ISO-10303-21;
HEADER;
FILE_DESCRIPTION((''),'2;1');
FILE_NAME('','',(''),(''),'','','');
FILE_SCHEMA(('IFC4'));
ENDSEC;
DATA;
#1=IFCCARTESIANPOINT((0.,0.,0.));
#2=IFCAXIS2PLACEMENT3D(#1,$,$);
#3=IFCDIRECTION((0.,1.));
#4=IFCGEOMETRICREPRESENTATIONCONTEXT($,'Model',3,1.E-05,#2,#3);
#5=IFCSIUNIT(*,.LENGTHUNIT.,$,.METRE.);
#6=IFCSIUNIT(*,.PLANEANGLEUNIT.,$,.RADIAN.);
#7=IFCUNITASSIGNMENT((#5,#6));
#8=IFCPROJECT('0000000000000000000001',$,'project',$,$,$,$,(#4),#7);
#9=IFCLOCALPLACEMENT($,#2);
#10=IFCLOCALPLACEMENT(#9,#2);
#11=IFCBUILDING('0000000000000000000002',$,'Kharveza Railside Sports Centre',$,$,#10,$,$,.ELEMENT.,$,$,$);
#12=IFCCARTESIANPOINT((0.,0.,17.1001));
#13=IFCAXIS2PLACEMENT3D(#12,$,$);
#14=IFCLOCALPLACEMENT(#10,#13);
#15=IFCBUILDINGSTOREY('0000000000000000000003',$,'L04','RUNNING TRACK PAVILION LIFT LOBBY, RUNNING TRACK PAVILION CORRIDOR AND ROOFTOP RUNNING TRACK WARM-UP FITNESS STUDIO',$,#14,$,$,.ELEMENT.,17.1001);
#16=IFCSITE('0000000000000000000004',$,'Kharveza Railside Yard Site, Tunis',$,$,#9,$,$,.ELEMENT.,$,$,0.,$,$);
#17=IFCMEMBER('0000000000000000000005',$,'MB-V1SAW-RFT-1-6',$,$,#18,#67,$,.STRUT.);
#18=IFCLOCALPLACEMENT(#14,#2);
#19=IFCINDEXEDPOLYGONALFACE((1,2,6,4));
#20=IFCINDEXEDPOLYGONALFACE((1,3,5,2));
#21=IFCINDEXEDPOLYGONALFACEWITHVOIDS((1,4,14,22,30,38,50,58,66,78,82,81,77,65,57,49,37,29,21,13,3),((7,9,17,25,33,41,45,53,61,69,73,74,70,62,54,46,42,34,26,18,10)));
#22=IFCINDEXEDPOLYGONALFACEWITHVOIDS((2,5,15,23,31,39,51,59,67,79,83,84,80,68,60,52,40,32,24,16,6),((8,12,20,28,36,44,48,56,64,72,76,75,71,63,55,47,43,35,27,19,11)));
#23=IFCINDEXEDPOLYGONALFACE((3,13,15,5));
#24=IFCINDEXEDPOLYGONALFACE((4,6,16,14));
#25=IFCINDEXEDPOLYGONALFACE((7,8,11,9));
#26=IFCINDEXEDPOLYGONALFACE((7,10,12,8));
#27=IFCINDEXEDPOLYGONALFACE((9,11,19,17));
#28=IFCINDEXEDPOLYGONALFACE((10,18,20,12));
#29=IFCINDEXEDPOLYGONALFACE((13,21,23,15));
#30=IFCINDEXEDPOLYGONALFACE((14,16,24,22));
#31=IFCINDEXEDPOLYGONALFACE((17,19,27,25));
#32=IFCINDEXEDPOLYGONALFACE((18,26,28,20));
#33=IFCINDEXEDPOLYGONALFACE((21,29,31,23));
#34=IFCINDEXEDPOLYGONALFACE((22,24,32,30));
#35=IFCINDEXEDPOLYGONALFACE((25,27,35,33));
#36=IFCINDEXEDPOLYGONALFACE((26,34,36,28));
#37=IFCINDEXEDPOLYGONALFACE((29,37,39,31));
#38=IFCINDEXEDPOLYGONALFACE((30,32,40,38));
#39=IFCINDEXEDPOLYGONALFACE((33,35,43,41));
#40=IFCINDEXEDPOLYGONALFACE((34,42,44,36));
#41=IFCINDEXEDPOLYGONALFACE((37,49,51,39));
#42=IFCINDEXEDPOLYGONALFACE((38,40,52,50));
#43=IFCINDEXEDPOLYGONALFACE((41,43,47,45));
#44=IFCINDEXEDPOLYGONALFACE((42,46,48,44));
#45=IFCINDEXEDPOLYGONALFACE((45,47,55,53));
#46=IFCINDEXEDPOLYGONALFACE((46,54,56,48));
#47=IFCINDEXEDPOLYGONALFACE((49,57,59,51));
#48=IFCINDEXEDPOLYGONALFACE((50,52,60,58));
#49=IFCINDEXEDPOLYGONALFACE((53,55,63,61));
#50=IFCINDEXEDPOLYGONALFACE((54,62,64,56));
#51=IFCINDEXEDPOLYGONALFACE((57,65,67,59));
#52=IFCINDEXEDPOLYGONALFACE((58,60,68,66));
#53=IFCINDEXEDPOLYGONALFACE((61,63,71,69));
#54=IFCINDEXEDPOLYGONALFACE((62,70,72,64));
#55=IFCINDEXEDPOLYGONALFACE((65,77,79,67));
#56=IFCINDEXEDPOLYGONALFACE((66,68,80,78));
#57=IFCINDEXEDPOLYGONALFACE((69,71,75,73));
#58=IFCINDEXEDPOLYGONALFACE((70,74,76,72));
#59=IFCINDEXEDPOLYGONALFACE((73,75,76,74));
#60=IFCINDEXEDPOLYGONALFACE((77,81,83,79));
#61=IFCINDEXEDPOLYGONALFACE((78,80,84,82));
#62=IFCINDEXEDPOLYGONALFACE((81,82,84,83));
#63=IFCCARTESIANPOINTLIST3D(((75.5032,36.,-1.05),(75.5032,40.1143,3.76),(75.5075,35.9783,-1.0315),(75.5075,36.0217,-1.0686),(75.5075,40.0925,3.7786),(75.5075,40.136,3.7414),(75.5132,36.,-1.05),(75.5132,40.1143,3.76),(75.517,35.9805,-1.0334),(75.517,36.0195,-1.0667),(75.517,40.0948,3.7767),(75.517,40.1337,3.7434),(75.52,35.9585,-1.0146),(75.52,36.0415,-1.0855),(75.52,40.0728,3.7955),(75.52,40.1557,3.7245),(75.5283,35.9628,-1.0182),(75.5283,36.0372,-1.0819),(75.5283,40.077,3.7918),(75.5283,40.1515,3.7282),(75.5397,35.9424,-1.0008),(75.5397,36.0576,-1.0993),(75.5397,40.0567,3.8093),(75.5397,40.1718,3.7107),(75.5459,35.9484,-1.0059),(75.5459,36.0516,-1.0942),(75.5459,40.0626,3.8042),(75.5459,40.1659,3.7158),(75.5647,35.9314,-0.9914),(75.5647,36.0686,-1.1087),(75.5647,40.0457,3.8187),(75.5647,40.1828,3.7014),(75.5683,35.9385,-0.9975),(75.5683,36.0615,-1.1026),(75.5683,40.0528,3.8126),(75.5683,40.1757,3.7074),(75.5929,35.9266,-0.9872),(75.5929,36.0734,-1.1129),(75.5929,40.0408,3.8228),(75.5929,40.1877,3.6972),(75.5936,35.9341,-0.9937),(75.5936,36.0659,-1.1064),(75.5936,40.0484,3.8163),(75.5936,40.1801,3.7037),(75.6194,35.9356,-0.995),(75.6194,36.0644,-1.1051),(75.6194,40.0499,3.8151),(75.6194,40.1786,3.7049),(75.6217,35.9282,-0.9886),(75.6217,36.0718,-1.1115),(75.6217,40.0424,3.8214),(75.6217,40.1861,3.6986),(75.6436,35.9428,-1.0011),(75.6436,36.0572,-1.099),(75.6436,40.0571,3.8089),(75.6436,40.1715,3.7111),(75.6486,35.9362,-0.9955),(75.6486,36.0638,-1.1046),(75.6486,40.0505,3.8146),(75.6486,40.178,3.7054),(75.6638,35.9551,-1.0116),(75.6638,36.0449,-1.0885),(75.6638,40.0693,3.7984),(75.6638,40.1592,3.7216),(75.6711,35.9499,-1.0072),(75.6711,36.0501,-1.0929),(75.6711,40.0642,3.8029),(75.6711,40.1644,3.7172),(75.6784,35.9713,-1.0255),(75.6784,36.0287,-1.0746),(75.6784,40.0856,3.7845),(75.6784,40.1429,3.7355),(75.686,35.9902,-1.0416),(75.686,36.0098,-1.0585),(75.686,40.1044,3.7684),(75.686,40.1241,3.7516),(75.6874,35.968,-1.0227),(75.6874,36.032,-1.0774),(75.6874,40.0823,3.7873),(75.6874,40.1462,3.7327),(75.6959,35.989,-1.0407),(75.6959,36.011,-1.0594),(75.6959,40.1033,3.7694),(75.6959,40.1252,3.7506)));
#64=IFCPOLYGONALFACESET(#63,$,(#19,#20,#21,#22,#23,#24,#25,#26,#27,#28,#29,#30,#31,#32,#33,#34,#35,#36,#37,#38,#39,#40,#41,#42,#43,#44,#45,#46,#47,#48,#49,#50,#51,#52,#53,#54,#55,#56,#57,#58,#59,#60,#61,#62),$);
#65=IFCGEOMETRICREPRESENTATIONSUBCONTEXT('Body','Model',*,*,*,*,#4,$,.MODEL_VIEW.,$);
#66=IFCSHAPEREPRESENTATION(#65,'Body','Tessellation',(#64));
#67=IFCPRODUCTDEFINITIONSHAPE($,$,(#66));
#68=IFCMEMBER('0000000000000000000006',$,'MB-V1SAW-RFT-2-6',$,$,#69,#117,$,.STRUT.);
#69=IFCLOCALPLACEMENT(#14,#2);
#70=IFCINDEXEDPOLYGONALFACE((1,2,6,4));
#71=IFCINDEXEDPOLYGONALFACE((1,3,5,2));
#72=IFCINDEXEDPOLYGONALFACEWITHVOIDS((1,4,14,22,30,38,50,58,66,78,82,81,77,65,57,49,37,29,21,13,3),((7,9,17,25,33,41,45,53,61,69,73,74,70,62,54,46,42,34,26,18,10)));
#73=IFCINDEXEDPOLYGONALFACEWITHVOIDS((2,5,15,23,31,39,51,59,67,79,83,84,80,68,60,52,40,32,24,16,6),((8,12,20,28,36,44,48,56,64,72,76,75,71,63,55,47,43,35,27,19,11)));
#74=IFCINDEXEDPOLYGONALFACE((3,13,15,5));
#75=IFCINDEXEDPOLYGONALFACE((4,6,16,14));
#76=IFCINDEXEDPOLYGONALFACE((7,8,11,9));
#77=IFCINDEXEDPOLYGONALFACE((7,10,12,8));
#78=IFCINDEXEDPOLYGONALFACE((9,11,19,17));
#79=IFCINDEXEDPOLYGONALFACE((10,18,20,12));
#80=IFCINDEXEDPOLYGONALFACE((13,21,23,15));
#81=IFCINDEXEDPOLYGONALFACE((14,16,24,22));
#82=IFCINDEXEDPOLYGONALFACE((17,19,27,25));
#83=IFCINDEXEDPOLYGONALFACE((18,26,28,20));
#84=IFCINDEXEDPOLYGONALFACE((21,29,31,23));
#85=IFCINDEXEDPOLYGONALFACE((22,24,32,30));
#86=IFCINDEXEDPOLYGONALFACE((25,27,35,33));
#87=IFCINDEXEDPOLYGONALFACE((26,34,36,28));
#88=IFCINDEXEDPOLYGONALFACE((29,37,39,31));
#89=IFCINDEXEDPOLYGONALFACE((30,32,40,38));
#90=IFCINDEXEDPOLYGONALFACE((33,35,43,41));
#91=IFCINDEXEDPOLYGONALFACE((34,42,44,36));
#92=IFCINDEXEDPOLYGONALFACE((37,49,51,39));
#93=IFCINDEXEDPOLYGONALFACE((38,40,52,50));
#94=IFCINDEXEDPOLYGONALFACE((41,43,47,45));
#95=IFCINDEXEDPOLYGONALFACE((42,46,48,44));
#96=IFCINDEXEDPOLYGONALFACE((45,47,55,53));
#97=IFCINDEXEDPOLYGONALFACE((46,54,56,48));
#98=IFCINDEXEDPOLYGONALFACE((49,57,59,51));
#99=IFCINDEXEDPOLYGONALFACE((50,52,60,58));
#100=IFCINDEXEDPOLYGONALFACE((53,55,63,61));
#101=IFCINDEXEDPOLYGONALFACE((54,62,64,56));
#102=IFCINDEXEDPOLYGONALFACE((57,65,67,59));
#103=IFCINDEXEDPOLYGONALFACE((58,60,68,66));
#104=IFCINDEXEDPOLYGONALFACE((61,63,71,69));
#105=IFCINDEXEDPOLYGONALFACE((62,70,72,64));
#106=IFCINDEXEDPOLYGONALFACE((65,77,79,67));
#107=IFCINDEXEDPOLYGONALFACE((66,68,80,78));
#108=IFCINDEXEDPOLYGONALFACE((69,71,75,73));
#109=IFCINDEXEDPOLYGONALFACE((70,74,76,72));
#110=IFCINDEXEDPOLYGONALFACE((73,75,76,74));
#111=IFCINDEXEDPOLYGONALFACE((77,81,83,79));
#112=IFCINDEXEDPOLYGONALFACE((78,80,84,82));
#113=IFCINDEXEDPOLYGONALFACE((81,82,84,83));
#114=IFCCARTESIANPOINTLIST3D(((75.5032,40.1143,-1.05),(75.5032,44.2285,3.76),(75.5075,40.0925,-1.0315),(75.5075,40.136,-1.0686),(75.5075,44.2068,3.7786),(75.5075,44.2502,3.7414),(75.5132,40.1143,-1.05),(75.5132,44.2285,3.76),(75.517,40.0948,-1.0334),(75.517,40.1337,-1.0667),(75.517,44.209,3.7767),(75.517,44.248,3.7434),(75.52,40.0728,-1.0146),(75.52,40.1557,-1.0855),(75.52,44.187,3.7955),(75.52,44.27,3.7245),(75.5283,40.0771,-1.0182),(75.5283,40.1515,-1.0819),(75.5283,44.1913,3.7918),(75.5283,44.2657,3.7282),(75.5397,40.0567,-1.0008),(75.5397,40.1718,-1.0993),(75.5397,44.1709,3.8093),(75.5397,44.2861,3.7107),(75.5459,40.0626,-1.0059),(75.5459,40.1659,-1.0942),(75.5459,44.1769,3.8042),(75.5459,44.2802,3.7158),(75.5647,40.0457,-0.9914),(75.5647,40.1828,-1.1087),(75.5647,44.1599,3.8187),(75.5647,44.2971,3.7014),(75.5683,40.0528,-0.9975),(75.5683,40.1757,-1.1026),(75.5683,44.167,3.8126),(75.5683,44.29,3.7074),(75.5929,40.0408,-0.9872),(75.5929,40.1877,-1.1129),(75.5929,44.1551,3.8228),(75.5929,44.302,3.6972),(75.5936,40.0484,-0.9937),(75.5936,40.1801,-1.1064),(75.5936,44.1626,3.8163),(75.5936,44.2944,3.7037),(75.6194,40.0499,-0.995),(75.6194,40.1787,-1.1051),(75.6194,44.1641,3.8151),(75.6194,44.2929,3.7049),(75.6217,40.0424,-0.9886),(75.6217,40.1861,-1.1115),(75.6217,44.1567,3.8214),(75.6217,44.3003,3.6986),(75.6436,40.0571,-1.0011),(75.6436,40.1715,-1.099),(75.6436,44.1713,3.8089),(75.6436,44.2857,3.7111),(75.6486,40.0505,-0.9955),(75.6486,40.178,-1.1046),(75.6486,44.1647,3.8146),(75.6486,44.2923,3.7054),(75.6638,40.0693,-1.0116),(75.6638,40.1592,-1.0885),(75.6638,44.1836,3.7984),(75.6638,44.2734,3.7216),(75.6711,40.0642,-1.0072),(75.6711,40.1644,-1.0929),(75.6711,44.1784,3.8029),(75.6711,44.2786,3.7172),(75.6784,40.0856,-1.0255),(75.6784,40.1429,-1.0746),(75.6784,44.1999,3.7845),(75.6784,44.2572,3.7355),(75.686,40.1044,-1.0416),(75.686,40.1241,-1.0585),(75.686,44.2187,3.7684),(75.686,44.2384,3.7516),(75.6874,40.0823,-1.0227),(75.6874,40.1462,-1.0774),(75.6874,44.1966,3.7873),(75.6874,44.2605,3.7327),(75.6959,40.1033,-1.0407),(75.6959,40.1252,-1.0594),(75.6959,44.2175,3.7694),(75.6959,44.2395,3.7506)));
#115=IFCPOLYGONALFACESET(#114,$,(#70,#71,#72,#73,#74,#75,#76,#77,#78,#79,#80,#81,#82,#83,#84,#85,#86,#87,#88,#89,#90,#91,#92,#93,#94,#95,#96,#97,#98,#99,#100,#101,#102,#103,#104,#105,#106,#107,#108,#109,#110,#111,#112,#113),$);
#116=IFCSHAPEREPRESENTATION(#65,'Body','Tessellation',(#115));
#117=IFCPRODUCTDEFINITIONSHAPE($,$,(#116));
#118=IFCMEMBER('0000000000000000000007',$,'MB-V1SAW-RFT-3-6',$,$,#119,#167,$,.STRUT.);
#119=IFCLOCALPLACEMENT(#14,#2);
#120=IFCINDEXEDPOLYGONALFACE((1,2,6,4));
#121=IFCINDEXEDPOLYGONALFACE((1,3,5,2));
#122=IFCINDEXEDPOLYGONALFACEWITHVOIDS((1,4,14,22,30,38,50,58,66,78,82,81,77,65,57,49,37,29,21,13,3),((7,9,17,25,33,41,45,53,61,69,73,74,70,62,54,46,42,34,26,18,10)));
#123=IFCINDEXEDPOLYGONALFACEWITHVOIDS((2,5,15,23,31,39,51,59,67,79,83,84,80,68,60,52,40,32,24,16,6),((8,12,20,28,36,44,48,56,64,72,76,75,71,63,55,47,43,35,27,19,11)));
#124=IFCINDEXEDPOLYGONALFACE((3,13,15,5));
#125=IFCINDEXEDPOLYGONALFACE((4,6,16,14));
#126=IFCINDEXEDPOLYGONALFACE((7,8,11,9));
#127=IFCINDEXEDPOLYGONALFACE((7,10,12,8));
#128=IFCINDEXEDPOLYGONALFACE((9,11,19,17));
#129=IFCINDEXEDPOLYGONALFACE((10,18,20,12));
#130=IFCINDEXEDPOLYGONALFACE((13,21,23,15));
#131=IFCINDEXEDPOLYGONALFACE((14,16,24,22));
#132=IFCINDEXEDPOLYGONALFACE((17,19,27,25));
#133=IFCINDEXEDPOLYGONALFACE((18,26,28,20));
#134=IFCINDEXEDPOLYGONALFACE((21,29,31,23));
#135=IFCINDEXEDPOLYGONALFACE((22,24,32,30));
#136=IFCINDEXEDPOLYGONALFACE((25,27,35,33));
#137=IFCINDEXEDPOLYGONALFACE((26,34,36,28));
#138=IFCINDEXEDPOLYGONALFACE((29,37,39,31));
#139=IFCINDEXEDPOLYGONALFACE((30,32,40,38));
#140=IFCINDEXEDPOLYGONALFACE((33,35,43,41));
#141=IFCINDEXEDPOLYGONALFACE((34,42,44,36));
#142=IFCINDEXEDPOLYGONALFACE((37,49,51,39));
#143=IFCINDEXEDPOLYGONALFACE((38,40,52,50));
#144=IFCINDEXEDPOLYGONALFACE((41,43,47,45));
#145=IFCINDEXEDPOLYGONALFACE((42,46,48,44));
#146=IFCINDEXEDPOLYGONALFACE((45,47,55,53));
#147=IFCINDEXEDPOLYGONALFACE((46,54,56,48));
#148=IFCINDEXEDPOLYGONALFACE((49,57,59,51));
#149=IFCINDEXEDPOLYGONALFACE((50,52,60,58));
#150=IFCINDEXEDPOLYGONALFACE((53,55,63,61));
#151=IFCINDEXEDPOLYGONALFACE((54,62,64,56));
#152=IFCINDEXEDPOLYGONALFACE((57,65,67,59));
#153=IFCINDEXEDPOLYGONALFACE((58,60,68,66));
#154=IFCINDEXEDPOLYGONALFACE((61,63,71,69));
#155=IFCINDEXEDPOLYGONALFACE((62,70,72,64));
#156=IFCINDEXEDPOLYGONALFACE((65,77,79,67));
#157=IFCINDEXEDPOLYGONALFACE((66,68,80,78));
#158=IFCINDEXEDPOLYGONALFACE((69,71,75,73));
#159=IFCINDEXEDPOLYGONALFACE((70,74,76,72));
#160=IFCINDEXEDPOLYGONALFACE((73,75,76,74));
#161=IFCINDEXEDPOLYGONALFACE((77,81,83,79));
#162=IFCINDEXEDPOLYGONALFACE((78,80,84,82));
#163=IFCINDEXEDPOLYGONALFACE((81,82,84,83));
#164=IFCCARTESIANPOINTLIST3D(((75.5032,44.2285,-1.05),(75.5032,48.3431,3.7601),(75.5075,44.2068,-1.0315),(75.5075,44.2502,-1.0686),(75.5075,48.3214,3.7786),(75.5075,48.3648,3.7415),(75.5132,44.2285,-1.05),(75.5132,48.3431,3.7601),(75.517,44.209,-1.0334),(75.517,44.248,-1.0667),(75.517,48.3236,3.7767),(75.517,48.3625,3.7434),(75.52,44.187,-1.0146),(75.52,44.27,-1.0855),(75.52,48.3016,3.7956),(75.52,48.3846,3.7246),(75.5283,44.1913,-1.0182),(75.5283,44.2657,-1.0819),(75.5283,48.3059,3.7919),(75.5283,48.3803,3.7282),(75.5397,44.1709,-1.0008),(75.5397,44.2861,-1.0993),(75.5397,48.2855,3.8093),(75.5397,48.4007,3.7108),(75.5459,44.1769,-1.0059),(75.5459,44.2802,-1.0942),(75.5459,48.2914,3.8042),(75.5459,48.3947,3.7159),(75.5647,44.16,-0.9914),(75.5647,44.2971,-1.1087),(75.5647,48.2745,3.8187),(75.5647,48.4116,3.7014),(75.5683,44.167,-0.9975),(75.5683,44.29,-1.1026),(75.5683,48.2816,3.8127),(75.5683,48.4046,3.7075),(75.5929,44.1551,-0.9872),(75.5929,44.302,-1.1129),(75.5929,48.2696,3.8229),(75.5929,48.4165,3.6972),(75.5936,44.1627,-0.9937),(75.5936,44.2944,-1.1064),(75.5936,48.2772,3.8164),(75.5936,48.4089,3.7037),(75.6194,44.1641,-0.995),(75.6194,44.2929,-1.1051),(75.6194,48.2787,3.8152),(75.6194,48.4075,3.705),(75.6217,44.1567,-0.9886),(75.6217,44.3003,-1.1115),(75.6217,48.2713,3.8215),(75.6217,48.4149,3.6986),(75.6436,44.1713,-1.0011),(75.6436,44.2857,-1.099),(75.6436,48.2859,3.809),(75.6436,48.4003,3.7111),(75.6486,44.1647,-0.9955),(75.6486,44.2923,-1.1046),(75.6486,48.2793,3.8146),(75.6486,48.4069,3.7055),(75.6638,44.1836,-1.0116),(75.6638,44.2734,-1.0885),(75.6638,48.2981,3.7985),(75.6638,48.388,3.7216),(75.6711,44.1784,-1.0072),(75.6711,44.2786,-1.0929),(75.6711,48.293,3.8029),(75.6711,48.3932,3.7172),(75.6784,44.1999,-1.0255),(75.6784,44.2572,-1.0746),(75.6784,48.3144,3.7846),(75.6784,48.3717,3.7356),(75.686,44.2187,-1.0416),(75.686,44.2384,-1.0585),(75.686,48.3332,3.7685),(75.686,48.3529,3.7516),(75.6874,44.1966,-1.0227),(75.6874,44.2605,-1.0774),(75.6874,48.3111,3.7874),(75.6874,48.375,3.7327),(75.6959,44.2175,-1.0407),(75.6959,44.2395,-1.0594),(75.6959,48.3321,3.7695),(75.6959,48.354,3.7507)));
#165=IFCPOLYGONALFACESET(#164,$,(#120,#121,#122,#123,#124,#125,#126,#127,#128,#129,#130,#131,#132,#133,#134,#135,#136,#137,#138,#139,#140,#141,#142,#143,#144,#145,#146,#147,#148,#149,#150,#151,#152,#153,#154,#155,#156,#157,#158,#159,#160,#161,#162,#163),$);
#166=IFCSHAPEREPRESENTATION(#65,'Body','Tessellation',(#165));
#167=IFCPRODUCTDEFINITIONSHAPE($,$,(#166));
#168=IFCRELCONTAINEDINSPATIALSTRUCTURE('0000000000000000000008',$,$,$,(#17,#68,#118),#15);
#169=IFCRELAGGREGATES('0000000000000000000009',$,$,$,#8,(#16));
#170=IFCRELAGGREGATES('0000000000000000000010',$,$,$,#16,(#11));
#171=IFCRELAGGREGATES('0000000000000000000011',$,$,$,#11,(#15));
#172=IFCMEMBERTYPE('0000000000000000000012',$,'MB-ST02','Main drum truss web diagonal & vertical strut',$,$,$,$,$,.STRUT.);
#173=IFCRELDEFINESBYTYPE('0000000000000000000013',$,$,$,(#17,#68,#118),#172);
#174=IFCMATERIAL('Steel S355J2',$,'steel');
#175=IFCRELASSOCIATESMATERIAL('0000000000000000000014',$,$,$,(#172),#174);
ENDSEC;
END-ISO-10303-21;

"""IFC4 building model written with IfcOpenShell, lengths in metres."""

from ifc_helpers import new_model, si_unit, direction, frame, origin, origin_2d, place, context, subcontext, project, spatial, hollow_circle, extrude, material, material_profile, profile_set, type_object, element, save


model = new_model("IFC4")

# Units and contexts
model_context = context("Model", 3, precision=1e-05, world=origin(), true_north=direction((0.0, 1.0)))
body_context = subcontext(model_context, "Body", "Model", "MODEL_VIEW")
ifc_project = project(units=[si_unit("LENGTHUNIT", "METRE"), si_unit("PLANEANGLEUNIT", "RADIAN")], contexts=[model_context])

# Site, building, storey
site_placement = place(None, origin())
site = spatial("IfcSite", under=ifc_project, at=site_placement, Name="Kharveza Railside Yard Site, Tunis", CompositionType="ELEMENT", RefElevation=0.0)
building_placement = place(site_placement, origin())
building = spatial("IfcBuilding", under=site, at=building_placement, Name="Kharveza Railside Sports Centre", CompositionType="ELEMENT")
storey_placement = place(building_placement, frame((0.0, 0.0, 17.1001)))
storey = spatial("IfcBuildingStorey", under=building, at=storey_placement, Name="L04", Description="RUNNING TRACK PAVILION LIFT LOBBY, RUNNING TRACK PAVILION CORRIDOR AND ROOFTOP RUNNING TRACK WARM-UP FITNESS STUDIO", CompositionType="ELEMENT", Elevation=17.1001)

# Members
ifc_material_1 = material(Name="Steel S355J2", Category="steel")
ifc_material_profile_1 = material_profile(ifc_material_1, hollow_circle(Radius=0.0969, WallThickness=0.01, at=origin_2d()), Name="CHS 193.7x10.0")
ifc_profile_set_1 = profile_set([ifc_material_profile_1], Name="Steel S355J2")
member_type_1 = type_object("IfcMemberType", Name="MB-ST02", Description="Main drum truss web diagonal & vertical strut", PredefinedType="STRUT", material=ifc_profile_set_1)
for number, where, z_axis, x_axis, name in (
    (1, (75.6001, 36.0, -1.05), (0.0, 0.650003, 0.759931), (-1.0, 0.0, 0.0), "MB-V1SAW-RFT-1-6"),
    (2, (75.6001, 40.1143, -1.05), (0.0, 0.650003, 0.759931), (-1.0, 0.0, 0.0), "MB-V1SAW-RFT-2-6"),
):
    element("IfcMember", number, at=place(storey_placement, frame(where, z_axis=z_axis, x_axis=x_axis)), inside=storey, type_object=member_type_1, Name=name, PredefinedType="STRUT", context=body_context, shape_type="SweptSolid", body=[
        extrude(hollow_circle(Radius=0.0969, WallThickness=0.01, at=origin_2d()), origin(), (0.0, 0.0, 1.0), 6.3296),
    ])
member_1_placement = place(storey_placement, frame((75.6001, 44.2285, -1.05), z_axis=(0.0, 0.650026, 0.759912), x_axis=(-1.0, 0.0, 0.0)))
element("IfcMember", 3, at=member_1_placement, inside=storey, type_object=member_type_1, Name="MB-V1SAW-RFT-3-6", PredefinedType="STRUT", context=body_context, shape_type="SweptSolid", body=[
    extrude(hollow_circle(Radius=0.0969, WallThickness=0.01, at=origin_2d()), origin(), (0.0, 0.0, 1.0), 6.3298),
])

save(model, "model.ifc")
